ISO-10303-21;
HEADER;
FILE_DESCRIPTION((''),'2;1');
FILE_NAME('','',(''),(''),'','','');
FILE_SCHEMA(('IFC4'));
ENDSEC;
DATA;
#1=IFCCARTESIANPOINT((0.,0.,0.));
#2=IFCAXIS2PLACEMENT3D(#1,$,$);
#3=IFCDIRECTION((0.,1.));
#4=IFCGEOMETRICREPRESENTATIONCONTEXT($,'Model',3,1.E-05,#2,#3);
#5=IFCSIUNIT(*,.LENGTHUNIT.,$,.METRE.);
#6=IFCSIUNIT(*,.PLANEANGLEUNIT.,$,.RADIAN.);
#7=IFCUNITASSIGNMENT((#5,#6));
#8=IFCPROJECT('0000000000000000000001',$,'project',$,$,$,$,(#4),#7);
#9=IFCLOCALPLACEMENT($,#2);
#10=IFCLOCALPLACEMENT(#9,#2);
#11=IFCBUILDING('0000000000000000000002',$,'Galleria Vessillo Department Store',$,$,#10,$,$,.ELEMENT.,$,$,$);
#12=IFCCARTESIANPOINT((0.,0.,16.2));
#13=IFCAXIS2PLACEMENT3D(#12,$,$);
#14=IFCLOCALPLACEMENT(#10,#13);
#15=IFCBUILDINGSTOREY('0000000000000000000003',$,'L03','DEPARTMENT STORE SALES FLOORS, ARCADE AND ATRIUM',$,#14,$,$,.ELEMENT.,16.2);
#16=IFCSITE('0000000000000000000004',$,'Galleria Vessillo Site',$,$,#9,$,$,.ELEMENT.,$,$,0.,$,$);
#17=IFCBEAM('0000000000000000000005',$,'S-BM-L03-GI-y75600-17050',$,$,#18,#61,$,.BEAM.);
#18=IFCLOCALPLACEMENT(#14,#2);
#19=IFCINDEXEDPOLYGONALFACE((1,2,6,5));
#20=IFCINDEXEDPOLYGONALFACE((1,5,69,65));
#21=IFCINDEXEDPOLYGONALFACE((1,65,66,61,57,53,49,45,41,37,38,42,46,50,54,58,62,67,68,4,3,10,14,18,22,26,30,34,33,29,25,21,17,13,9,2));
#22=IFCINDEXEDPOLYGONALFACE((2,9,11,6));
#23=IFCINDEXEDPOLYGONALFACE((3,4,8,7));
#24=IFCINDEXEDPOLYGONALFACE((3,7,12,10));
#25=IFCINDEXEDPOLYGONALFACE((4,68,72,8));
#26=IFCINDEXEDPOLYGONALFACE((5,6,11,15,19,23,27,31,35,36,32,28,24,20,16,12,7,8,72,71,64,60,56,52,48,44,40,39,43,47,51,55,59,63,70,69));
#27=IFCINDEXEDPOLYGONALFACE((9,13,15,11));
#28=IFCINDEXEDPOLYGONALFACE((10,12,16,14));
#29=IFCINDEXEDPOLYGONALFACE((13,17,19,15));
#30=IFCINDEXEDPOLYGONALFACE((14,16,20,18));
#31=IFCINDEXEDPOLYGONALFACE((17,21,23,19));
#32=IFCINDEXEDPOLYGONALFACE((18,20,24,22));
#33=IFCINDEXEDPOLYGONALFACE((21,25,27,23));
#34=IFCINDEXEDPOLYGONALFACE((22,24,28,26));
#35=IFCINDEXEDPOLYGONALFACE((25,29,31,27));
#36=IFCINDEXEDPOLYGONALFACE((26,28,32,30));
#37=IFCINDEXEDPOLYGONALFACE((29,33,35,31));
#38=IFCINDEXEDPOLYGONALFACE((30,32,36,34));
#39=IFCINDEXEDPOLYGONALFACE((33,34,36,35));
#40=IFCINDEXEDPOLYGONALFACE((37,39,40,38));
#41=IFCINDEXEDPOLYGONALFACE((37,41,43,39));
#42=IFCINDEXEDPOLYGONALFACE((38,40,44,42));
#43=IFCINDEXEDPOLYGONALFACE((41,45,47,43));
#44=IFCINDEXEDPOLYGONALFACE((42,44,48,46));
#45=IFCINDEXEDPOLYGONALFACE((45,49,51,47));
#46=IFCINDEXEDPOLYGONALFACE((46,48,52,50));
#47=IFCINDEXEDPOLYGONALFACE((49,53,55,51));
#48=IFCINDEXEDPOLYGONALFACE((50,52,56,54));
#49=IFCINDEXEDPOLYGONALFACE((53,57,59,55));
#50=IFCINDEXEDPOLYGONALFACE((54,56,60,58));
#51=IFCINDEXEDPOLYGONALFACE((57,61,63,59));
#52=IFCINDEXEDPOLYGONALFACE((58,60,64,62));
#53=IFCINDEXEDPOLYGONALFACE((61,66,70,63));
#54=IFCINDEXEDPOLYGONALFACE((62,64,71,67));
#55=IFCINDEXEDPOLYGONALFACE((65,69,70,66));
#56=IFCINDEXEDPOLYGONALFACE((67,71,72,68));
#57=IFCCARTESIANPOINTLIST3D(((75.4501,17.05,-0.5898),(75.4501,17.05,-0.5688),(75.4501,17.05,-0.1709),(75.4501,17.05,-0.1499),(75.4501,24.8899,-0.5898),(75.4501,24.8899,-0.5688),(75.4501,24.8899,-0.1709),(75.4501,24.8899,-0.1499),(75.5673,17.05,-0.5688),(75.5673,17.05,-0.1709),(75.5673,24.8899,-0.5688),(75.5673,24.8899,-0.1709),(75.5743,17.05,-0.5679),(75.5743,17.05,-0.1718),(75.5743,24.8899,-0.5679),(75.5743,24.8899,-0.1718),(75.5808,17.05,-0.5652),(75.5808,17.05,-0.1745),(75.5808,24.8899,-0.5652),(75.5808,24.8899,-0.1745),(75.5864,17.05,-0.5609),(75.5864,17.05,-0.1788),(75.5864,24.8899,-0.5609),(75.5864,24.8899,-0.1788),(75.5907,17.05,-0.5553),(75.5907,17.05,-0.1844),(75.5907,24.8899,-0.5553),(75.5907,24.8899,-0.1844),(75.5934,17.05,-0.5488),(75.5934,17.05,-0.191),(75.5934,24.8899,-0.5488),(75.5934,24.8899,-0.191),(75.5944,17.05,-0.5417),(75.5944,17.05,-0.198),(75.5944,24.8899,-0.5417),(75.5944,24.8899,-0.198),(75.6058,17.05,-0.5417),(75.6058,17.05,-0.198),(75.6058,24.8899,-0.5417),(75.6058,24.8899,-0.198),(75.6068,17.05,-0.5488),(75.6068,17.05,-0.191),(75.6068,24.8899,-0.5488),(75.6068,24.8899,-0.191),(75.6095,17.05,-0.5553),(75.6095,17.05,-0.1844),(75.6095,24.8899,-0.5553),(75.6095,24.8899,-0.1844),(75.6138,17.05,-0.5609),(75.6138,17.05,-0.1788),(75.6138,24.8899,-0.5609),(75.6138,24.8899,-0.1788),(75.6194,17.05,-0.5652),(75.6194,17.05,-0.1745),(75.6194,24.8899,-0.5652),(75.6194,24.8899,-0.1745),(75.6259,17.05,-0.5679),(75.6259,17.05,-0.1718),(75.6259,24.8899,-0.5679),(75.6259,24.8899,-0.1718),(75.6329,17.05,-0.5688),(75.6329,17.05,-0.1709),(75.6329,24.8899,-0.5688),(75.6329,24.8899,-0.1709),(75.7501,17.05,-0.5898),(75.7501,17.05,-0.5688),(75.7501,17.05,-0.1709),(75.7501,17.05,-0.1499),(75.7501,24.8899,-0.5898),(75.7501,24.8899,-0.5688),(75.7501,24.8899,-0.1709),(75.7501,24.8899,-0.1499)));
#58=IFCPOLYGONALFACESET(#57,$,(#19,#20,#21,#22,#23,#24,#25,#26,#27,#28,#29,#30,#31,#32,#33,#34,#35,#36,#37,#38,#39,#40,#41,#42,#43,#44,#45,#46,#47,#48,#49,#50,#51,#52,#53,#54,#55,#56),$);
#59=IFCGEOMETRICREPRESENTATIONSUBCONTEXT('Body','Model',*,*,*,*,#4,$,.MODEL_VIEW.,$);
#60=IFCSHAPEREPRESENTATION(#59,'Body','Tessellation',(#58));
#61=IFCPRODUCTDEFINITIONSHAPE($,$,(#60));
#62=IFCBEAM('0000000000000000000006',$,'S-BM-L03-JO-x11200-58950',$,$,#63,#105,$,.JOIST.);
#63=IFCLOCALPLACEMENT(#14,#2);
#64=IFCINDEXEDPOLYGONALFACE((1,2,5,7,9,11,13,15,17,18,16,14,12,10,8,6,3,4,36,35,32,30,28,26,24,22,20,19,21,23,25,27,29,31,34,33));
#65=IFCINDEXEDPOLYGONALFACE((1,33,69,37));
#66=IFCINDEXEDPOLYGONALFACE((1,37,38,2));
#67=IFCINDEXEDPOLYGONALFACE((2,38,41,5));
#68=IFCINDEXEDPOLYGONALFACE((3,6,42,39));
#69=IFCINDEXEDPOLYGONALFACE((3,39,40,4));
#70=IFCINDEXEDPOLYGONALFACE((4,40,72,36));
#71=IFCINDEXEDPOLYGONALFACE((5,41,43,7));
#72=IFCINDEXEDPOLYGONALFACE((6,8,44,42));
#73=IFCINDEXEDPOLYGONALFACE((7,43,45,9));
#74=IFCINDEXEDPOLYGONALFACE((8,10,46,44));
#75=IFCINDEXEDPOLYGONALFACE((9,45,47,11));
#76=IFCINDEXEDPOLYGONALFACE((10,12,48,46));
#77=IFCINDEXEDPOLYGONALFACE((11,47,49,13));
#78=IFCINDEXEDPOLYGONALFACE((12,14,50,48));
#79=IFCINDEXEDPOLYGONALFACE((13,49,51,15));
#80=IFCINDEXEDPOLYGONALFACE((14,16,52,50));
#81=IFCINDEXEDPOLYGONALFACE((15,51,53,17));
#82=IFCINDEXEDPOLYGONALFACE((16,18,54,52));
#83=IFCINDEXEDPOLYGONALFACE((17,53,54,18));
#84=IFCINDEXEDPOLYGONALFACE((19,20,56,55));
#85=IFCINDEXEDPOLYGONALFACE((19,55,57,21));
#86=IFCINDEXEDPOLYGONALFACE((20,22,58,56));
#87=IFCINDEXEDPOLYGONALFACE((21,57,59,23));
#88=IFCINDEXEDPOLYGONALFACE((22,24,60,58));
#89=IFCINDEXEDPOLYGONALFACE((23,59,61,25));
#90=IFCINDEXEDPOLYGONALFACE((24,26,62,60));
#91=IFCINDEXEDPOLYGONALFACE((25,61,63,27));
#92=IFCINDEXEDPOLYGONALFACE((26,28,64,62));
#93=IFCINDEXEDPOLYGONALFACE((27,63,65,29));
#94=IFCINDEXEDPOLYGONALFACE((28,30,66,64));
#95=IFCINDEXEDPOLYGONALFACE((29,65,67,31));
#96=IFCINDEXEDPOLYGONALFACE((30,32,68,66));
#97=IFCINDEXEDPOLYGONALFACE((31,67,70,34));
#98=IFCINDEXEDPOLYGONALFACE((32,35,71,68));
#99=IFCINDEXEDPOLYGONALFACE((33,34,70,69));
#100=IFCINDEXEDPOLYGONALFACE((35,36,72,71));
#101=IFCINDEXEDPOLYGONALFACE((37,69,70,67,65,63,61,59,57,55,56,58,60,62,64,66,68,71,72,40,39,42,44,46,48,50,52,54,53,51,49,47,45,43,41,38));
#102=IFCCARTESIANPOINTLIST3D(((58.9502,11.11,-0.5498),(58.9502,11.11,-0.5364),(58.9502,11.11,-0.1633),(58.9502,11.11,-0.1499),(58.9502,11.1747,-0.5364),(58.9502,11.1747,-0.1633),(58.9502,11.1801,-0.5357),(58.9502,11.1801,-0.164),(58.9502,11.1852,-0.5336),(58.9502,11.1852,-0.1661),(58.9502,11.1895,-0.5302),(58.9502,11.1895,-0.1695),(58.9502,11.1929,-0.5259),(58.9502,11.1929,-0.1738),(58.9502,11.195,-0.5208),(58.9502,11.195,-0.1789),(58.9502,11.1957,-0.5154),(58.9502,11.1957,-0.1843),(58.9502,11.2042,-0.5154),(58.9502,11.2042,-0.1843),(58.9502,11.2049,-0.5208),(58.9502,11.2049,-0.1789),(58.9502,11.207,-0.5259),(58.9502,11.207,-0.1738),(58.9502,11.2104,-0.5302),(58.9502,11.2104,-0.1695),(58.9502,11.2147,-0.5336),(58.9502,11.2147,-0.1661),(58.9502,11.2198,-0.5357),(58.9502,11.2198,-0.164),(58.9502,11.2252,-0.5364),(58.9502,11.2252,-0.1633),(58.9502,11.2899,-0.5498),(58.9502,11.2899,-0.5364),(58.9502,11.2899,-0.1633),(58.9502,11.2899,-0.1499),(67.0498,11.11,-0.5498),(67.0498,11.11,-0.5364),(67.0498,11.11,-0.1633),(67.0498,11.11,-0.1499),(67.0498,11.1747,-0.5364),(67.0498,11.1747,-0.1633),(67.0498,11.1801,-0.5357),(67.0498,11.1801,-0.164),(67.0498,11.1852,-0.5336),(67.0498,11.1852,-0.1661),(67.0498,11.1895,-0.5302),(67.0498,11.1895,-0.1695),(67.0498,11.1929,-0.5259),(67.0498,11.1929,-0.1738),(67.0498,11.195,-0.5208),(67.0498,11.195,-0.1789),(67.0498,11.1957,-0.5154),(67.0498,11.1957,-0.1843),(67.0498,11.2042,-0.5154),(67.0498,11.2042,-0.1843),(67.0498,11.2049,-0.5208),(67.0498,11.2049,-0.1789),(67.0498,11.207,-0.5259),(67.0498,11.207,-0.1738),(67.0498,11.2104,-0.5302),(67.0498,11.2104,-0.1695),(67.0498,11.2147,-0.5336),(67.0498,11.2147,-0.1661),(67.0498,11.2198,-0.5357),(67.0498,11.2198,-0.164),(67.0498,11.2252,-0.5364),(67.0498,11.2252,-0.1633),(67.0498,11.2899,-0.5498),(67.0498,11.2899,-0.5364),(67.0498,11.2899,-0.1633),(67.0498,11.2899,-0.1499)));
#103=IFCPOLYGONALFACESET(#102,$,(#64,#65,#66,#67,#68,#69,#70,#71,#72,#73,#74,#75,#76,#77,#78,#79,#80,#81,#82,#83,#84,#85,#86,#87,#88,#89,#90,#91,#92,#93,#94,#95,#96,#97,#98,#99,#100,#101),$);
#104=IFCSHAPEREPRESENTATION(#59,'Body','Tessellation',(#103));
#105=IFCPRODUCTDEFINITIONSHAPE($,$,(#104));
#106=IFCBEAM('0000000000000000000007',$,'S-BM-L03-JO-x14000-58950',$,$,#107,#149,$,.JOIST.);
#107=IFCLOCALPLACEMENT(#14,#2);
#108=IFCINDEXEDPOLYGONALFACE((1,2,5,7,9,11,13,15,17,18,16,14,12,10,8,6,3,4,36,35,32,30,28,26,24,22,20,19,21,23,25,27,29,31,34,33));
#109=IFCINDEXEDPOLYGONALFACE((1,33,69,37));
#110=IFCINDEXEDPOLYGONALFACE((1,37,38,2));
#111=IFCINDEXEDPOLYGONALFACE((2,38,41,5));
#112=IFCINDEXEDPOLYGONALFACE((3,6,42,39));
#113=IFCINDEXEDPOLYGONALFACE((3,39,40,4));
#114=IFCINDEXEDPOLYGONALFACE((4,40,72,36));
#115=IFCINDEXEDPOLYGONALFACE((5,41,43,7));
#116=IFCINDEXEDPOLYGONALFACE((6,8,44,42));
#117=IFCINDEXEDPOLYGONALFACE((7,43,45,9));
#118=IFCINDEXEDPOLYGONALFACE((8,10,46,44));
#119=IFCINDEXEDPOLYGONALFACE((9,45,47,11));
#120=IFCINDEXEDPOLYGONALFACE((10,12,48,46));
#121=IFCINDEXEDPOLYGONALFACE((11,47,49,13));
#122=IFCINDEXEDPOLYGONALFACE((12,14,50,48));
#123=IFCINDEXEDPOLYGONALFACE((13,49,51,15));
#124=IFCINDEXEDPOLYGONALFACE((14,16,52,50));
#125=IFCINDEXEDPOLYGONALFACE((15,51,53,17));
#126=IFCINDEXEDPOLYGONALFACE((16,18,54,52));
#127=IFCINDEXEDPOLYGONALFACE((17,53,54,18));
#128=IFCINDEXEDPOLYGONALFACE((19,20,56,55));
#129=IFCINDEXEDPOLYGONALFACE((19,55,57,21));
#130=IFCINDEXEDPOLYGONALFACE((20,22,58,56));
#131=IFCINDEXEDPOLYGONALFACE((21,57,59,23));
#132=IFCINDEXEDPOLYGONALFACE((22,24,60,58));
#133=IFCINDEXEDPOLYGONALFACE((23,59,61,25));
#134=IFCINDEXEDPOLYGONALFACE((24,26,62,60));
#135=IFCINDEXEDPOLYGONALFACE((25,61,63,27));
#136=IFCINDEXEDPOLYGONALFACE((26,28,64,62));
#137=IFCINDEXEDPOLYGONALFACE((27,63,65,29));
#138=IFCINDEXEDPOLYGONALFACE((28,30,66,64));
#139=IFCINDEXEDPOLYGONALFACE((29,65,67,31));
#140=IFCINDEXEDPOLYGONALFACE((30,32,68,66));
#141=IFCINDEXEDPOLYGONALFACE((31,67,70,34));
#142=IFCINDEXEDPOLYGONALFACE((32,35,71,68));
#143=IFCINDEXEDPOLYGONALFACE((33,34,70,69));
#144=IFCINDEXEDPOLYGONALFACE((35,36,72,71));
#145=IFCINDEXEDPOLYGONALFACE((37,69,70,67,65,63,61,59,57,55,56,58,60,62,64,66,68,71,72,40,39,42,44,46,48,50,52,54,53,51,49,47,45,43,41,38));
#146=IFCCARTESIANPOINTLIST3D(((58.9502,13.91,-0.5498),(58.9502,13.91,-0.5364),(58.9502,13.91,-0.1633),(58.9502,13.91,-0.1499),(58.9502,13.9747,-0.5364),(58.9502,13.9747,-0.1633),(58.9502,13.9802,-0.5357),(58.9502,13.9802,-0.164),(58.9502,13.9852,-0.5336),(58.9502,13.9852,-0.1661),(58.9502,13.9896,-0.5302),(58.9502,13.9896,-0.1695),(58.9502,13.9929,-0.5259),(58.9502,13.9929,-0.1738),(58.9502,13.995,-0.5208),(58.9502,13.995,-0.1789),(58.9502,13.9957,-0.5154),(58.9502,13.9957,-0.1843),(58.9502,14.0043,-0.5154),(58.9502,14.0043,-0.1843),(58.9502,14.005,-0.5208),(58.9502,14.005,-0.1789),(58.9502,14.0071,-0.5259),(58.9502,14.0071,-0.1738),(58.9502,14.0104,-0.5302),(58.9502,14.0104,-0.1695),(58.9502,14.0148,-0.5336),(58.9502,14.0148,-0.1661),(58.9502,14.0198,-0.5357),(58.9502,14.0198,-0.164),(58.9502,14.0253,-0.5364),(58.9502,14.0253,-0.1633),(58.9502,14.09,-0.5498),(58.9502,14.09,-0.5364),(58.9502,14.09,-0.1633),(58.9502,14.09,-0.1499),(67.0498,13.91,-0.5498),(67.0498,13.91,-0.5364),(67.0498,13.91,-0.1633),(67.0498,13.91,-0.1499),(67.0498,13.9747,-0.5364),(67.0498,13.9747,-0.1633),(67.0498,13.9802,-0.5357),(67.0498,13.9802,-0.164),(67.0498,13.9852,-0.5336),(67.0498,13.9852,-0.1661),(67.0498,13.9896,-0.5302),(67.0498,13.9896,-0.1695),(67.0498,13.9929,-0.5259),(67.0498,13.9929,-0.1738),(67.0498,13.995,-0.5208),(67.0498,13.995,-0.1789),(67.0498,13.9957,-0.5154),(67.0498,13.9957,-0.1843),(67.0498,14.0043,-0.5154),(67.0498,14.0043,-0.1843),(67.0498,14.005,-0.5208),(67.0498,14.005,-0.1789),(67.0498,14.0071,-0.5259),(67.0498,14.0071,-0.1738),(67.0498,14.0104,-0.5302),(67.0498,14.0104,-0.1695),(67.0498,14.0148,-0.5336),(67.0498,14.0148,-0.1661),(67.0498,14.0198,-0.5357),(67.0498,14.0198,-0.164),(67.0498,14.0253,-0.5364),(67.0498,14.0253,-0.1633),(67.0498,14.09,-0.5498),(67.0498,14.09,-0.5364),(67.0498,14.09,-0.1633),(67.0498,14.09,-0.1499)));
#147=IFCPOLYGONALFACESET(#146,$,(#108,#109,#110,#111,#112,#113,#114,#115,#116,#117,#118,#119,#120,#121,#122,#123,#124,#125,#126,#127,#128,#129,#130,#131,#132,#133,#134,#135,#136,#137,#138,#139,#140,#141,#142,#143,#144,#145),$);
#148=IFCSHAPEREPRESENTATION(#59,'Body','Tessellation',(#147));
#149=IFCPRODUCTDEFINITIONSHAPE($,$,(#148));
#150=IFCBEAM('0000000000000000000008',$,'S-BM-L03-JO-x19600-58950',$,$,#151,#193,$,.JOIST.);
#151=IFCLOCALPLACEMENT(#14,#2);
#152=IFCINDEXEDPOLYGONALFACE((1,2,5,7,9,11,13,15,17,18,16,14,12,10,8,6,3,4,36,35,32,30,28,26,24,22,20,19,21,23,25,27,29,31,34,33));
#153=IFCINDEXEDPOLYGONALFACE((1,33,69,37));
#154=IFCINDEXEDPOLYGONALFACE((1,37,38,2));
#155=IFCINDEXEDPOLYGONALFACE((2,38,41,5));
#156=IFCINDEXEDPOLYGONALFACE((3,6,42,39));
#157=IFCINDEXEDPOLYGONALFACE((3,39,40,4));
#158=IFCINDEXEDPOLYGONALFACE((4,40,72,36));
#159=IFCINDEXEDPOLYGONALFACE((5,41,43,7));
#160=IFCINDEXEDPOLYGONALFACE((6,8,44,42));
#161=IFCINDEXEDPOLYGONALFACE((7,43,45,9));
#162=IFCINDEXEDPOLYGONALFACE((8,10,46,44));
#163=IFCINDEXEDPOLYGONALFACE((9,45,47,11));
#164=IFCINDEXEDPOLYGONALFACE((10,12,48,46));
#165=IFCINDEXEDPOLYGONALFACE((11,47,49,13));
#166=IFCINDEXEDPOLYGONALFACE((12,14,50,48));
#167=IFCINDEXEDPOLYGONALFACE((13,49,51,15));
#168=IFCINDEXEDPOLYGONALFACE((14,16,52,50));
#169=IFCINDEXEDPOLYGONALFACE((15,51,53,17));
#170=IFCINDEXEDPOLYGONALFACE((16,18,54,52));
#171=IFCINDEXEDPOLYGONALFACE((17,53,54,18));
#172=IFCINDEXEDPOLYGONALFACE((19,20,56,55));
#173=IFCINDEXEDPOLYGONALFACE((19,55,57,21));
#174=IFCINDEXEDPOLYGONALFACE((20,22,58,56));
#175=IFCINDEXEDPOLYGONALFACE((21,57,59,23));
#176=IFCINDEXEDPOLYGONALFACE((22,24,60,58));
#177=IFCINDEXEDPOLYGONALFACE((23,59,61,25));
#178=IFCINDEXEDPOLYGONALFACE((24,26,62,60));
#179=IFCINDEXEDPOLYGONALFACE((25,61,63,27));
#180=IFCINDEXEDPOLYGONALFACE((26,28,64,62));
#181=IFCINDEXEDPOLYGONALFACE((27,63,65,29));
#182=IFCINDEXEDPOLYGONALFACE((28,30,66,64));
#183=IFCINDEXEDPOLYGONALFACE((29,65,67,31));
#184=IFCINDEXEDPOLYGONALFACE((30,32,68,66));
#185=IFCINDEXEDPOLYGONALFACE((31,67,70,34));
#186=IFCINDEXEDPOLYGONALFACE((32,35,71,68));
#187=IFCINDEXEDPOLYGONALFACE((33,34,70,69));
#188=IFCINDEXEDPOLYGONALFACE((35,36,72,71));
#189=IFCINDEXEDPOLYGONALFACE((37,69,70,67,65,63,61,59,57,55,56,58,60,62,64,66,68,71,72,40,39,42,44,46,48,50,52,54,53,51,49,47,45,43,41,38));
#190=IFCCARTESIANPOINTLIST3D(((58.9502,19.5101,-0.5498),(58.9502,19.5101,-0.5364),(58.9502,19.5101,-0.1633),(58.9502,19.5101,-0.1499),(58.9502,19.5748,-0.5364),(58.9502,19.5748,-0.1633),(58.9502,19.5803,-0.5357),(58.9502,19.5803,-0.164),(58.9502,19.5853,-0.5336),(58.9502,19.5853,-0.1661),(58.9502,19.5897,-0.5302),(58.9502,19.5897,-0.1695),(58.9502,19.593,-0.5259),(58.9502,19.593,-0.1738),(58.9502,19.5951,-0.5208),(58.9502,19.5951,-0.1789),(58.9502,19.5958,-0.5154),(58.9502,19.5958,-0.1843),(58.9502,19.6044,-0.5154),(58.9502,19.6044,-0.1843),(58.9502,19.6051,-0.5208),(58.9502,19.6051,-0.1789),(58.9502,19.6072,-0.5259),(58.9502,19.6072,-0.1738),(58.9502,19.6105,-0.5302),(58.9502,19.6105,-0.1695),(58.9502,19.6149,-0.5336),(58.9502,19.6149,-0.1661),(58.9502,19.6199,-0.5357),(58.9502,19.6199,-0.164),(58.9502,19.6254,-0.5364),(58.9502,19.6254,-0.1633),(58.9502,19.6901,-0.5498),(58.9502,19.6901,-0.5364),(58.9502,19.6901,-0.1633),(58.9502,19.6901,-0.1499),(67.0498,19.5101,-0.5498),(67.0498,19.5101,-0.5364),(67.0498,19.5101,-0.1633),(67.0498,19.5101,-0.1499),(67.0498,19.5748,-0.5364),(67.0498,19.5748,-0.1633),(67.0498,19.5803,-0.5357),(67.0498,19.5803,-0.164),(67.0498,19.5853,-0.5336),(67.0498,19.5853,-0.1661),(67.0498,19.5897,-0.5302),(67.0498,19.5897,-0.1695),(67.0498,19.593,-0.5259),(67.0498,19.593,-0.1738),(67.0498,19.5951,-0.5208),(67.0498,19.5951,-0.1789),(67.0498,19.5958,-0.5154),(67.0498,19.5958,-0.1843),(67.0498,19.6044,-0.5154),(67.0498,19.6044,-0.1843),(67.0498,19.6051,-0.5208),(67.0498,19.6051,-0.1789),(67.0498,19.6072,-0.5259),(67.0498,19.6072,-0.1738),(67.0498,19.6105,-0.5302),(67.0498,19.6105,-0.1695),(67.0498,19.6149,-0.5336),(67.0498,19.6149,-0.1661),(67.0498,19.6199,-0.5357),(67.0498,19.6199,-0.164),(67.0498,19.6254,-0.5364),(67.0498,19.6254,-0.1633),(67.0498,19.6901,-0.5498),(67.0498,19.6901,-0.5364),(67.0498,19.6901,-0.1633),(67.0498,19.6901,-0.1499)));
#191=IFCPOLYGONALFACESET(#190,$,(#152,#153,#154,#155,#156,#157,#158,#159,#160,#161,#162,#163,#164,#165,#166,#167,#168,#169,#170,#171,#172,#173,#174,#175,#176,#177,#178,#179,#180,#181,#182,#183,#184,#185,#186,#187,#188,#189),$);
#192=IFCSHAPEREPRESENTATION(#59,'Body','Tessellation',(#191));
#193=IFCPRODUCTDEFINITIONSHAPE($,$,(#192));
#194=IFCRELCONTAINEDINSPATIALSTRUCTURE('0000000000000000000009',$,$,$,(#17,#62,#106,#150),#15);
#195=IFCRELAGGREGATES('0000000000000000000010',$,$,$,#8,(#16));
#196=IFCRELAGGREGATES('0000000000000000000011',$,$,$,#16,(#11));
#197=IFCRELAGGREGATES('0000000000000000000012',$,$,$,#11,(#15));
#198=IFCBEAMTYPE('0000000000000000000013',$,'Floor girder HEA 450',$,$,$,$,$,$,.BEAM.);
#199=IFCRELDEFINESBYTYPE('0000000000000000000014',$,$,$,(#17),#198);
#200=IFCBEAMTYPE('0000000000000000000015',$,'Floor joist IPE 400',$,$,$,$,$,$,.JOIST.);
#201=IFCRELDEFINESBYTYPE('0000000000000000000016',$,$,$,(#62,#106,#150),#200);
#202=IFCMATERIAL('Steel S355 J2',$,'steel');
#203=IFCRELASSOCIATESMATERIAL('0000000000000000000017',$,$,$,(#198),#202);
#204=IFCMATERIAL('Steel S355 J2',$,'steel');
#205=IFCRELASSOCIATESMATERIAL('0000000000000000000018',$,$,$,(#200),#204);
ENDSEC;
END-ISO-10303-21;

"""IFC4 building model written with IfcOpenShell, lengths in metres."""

from ifc_helpers import new_model, si_unit, direction, frame, origin, origin_2d, place, context, subcontext, project, spatial, i_section, extrude, material, material_profile, profile_set, type_object, element, save


model = new_model("IFC4")

# Units and contexts
model_context = context("Model", 3, precision=1e-05, world=origin(), true_north=direction((0.0, 1.0)))
body_context = subcontext(model_context, "Body", "Model", "MODEL_VIEW")
ifc_project = project(units=[si_unit("LENGTHUNIT", "METRE"), si_unit("PLANEANGLEUNIT", "RADIAN")], contexts=[model_context])

# Site, building, storey
site_placement = place(None, origin())
site = spatial("IfcSite", under=ifc_project, at=site_placement, Name="Galleria Vessillo Site", CompositionType="ELEMENT", RefElevation=0.0)
building_placement = place(site_placement, origin())
building = spatial("IfcBuilding", under=site, at=building_placement, Name="Galleria Vessillo Department Store", CompositionType="ELEMENT")
storey_placement = place(building_placement, frame((0.0, 0.0, 16.2)))
storey = spatial("IfcBuildingStorey", under=building, at=storey_placement, Name="L03", Description="DEPARTMENT STORE SALES FLOORS, ARCADE AND ATRIUM", CompositionType="ELEMENT", Elevation=16.2)

# Beams
ifc_material_1 = material(Name="Steel S355 J2", Category="steel")
ifc_material_profile_1 = material_profile(ifc_material_1, i_section(OverallWidth=0.3, OverallDepth=0.4399, WebThickness=0.0115, FlangeThickness=0.021, FilletRadius=0.0271, at=origin_2d()), Name="HEA 450")
ifc_profile_set_1 = profile_set([ifc_material_profile_1], Name="Steel S355 J2")
beam_type_1 = type_object("IfcBeamType", Name="Floor girder HEA 450", PredefinedType="BEAM", material=ifc_profile_set_1)
beam_1_placement = place(storey_placement, frame((75.6001, 17.05, -0.3699), z_axis=(0.0, 1.0, 0.0), x_axis=(-1.0, 0.0, 0.0)))
element("IfcBeam", 1, at=beam_1_placement, inside=storey, type_object=beam_type_1, Name="S-BM-L03-GI-y75600-17050", PredefinedType="BEAM", context=body_context, shape_type="SweptSolid", body=[
    extrude(i_section(OverallWidth=0.3, OverallDepth=0.4399, WebThickness=0.0115, FlangeThickness=0.021, FilletRadius=0.0271, at=origin_2d()), origin(), (0.0, 0.0, 1.0), 7.8398),
])
ifc_material_2 = material(Name="Steel S355 J2", Category="steel")
ifc_material_profile_2 = material_profile(ifc_material_2, i_section(OverallWidth=0.1799, OverallDepth=0.3999, WebThickness=0.0085, FlangeThickness=0.0134, FilletRadius=0.021, at=origin_2d()), Name="IPE 400")
ifc_profile_set_2 = profile_set([ifc_material_profile_2], Name="Steel S355 J2")
beam_type_2 = type_object("IfcBeamType", Name="Floor joist IPE 400", PredefinedType="JOIST", material=ifc_profile_set_2)
for number, where, z_axis, x_axis, name in (
    (2, (58.9502, 11.2, -0.3499), (1.0, 0.0, 0.0), (0.0, 1.0, 0.0), "S-BM-L03-JO-x11200-58950"),
    (3, (58.9502, 14.0, -0.3499), (1.0, 0.0, 0.0), (0.0, 1.0, 0.0), "S-BM-L03-JO-x14000-58950"),
    (4, (58.9502, 19.6001, -0.3499), (1.0, 0.0, 0.0), (0.0, 1.0, 0.0), "S-BM-L03-JO-x19600-58950"),
):
    element("IfcBeam", number, at=place(storey_placement, frame(where, z_axis=z_axis, x_axis=x_axis)), inside=storey, type_object=beam_type_2, Name=name, PredefinedType="JOIST", context=body_context, shape_type="SweptSolid", body=[
        extrude(i_section(OverallWidth=0.1799, OverallDepth=0.3999, WebThickness=0.0085, FlangeThickness=0.0134, FilletRadius=0.021, at=origin_2d()), origin(), (0.0, 0.0, 1.0), 8.0996),
    ])

save(model, "model.ifc")
